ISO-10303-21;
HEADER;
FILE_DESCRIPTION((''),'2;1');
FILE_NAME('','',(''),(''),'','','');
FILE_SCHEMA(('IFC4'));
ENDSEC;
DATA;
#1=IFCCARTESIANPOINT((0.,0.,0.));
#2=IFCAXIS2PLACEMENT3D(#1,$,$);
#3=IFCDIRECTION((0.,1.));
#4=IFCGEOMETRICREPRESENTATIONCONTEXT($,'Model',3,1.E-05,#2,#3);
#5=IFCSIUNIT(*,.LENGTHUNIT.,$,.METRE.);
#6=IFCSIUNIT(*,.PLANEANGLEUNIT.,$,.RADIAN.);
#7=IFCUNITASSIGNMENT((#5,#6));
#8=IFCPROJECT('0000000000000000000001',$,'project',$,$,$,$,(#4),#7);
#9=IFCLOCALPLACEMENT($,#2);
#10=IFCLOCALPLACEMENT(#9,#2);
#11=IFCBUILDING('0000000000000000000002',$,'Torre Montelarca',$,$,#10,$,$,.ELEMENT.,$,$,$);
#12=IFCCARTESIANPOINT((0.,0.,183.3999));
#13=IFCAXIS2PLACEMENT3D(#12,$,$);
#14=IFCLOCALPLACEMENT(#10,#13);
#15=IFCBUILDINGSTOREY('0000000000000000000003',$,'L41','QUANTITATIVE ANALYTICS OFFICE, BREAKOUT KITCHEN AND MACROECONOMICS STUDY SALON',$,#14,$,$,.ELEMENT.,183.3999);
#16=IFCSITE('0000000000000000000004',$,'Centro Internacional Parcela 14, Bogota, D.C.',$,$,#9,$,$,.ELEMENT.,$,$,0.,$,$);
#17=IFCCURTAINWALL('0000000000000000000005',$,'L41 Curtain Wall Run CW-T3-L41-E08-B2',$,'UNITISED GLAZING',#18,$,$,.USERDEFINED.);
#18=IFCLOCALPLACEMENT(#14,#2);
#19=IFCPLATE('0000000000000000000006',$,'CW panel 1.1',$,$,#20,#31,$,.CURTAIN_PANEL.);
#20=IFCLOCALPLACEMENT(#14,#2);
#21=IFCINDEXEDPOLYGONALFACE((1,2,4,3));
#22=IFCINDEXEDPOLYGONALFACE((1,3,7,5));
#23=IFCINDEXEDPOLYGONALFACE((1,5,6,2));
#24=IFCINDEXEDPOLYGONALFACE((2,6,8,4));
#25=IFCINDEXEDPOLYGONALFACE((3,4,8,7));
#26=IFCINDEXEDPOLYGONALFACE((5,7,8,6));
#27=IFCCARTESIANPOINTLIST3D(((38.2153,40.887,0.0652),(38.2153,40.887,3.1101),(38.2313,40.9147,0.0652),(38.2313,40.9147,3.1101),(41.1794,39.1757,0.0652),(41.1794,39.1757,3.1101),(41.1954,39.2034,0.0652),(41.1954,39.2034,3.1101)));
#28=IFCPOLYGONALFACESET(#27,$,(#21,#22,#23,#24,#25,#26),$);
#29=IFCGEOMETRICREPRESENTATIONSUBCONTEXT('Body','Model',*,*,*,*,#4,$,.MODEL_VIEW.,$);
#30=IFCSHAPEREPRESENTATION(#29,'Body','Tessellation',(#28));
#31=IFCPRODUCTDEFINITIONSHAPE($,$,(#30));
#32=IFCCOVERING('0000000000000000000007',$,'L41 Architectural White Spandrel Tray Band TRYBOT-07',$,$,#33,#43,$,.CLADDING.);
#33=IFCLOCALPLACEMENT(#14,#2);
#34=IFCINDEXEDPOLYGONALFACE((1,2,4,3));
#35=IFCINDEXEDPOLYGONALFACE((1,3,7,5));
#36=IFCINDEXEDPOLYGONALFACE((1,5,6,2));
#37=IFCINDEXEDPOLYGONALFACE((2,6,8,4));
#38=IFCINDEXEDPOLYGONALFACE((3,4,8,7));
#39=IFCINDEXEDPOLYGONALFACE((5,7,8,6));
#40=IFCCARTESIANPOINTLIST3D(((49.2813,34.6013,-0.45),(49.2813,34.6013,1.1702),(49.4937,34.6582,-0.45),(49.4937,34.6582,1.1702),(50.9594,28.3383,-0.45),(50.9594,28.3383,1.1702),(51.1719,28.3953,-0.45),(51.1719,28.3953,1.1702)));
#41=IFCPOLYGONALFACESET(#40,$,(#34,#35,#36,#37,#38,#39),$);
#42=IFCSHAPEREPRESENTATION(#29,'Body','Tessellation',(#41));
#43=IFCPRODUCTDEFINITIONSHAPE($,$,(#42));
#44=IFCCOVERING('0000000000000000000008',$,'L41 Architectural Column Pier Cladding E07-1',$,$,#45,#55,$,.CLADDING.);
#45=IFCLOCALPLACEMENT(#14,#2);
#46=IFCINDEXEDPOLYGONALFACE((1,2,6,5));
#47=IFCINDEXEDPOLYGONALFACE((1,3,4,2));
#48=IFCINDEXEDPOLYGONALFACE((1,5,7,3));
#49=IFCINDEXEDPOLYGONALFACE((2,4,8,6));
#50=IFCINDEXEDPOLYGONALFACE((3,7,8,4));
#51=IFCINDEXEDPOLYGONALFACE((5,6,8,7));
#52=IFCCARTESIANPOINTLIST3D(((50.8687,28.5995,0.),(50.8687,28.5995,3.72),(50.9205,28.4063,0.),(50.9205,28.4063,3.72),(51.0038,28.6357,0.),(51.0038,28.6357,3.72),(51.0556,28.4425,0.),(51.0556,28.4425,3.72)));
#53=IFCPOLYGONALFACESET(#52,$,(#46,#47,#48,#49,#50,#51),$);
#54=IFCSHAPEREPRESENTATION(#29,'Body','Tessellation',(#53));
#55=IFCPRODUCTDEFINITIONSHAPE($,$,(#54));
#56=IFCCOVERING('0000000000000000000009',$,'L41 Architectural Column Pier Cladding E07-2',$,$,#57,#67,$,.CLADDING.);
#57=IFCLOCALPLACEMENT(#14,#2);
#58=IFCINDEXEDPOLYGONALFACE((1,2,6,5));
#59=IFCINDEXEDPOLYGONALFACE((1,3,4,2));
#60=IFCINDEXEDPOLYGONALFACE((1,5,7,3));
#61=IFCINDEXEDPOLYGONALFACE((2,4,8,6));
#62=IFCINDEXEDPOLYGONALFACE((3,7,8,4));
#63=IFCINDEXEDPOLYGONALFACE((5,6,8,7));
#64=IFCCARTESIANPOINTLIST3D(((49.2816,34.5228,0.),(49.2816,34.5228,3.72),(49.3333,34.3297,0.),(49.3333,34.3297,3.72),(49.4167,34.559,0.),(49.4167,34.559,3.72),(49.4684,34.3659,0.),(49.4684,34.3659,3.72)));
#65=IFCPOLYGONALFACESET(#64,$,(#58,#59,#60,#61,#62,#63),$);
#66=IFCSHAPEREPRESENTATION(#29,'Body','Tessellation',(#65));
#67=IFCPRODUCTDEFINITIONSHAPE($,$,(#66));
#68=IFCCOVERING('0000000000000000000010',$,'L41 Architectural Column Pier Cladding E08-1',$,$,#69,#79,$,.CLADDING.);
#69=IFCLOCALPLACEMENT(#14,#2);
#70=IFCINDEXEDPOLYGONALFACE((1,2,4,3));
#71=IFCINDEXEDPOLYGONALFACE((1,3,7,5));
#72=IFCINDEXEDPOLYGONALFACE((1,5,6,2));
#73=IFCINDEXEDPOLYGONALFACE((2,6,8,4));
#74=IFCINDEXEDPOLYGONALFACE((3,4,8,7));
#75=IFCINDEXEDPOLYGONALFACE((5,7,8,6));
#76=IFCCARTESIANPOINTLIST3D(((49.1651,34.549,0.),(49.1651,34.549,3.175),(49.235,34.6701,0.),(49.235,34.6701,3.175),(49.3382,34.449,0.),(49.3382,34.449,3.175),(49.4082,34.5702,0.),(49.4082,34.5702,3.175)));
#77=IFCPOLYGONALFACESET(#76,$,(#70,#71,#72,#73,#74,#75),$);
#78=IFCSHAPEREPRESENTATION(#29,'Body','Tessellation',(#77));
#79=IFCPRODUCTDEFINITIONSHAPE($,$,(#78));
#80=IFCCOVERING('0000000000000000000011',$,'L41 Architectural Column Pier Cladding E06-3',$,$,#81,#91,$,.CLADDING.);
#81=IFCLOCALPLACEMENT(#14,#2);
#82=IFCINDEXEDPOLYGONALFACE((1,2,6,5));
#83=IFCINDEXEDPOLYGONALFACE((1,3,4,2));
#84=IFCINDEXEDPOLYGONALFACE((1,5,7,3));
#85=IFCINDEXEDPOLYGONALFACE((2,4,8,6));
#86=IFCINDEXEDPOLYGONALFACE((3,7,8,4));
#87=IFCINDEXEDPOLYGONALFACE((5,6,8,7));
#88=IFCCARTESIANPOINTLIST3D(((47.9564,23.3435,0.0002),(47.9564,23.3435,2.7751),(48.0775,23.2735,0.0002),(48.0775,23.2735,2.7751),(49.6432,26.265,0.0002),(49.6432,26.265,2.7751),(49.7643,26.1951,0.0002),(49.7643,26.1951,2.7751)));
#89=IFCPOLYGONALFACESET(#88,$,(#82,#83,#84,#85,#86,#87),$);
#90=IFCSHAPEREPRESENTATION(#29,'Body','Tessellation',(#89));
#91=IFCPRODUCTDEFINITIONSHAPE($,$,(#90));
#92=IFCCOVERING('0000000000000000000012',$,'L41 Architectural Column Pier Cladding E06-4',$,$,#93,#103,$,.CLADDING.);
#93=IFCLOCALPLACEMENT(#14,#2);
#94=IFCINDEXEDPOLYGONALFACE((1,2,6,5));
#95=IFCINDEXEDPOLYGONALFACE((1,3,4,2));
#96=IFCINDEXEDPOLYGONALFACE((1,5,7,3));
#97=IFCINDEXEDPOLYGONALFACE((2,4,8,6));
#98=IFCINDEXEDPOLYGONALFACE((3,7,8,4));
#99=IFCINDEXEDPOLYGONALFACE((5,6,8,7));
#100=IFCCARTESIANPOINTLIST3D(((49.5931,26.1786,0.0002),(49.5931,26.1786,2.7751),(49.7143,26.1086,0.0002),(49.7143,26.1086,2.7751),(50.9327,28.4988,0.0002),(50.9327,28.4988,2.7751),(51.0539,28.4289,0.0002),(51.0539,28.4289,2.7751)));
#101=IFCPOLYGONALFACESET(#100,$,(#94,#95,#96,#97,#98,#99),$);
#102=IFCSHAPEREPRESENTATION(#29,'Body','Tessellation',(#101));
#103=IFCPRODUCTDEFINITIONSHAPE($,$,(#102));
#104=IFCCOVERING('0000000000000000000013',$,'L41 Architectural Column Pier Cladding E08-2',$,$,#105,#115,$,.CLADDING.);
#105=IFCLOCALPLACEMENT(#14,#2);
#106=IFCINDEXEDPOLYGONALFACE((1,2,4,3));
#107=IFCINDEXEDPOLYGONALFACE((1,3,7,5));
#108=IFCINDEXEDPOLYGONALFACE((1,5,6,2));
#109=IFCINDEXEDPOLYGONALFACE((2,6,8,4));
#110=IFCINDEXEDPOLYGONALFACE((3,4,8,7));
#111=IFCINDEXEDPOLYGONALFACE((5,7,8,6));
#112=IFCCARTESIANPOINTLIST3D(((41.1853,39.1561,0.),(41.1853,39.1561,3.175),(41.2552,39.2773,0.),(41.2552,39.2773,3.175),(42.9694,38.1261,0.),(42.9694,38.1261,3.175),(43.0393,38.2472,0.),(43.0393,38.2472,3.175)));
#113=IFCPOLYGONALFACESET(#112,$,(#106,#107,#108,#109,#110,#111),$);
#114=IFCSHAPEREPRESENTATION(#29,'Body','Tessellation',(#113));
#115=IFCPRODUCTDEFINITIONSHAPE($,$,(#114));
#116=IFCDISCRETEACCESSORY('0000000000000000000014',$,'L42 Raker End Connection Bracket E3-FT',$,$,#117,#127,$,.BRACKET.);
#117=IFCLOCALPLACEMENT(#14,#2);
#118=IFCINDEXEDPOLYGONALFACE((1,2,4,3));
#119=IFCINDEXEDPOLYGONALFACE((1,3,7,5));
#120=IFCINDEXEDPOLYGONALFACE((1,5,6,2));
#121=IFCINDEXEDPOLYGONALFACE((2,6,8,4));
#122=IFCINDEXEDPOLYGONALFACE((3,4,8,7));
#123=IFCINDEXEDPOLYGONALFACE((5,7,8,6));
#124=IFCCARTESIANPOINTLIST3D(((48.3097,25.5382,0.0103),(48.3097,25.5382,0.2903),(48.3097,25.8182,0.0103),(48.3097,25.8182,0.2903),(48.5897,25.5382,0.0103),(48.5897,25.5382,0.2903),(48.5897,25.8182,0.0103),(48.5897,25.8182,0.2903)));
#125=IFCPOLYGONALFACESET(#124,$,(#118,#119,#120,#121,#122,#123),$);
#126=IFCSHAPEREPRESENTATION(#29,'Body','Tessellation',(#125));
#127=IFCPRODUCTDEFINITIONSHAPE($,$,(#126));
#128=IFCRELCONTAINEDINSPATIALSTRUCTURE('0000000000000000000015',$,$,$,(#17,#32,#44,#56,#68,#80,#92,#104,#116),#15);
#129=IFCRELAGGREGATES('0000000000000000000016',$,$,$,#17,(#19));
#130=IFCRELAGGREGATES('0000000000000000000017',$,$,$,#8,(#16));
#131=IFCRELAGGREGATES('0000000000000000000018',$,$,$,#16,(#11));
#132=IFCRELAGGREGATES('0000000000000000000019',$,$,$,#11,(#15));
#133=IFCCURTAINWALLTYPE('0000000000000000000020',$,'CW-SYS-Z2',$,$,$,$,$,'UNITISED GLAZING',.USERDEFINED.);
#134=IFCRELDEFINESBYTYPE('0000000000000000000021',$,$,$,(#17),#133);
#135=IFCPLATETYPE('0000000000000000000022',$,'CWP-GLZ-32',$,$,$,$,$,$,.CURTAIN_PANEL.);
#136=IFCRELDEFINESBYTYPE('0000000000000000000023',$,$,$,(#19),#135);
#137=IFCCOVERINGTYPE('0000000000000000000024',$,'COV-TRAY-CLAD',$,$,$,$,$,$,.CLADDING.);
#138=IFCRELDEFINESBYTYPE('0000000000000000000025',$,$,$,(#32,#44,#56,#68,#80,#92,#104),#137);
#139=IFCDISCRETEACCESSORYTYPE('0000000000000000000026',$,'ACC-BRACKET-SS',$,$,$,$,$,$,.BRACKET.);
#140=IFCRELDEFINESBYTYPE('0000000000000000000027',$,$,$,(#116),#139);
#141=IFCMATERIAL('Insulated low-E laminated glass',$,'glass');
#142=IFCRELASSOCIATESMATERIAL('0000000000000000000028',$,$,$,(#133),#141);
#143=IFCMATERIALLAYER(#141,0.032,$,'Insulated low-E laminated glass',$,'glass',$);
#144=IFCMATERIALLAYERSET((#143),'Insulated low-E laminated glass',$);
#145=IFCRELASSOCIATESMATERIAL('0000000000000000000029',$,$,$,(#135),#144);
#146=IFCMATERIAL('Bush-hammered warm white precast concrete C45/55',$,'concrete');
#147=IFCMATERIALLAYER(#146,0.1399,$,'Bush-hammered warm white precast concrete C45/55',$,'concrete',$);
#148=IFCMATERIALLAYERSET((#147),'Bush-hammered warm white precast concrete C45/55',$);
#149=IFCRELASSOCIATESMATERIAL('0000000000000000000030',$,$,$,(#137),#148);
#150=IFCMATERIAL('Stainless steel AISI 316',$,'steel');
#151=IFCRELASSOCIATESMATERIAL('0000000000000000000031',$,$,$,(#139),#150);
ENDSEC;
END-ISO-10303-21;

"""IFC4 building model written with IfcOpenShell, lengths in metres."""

from ifc_helpers import new_model, si_unit, direction, frame, origin, origin_2d, place, context, subcontext, project, spatial, rectangle, extrude, source, transform, mapped, material, layer, layer_set, type_object, element, aggregate, save


model = new_model("IFC4")

# Units and contexts
model_context = context("Model", 3, precision=1e-05, world=origin(), true_north=direction((0.0, 1.0)))
body_context = subcontext(model_context, "Body", "Model", "MODEL_VIEW")
ifc_project = project(units=[si_unit("LENGTHUNIT", "METRE"), si_unit("PLANEANGLEUNIT", "RADIAN")], contexts=[model_context])

# Site, building, storey
site_placement = place(None, origin())
site = spatial("IfcSite", under=ifc_project, at=site_placement, Name="Centro Internacional Parcela 14, Bogota, D.C.", CompositionType="ELEMENT", RefElevation=0.0)
building_placement = place(site_placement, origin())
building = spatial("IfcBuilding", under=site, at=building_placement, Name="Torre Montelarca", CompositionType="ELEMENT")
storey_placement = place(building_placement, frame((0.0, 0.0, 183.3999)))
storey = spatial("IfcBuildingStorey", under=building, at=storey_placement, Name="L41", Description="QUANTITATIVE ANALYTICS OFFICE, BREAKOUT KITCHEN AND MACROECONOMICS STUDY SALON", CompositionType="ELEMENT", Elevation=183.3999)

# Curtain wall
ifc_material_1 = material(Name="Insulated low-E laminated glass", Category="glass")
curtain_wall_type = type_object("IfcCurtainWallType", Name="CW-SYS-Z2", ElementType="UNITISED GLAZING", PredefinedType="USERDEFINED", material=ifc_material_1)
curtain_wall_1_placement = place(storey_placement, origin())
curtain_wall_1 = element("IfcCurtainWall", 1, at=curtain_wall_1_placement, inside=storey, type_object=curtain_wall_type, Name="L41 Curtain Wall Run CW-T3-L41-E08-B2", ObjectType="UNITISED GLAZING", PredefinedType="USERDEFINED")

# Plate
ifc_layer_1 = layer(ifc_material_1, 0.032, Name="Insulated low-E laminated glass", Category="glass")
ifc_layer_set_1 = layer_set([ifc_layer_1], Name="Insulated low-E laminated glass")
plate_type = type_object("IfcPlateType", Name="CWP-GLZ-32", PredefinedType="CURTAIN_PANEL", material=ifc_layer_set_1)
shared_shape_1 = source(origin(), body_context, "Body", "SweptSolid", [
    extrude(rectangle(XDim=3.4226, YDim=0.032, at=origin_2d()), origin(), (0.0, 0.0, 1.0), 3.0449),
])
plate_1_placement = place(storey_placement, frame((39.7053, 40.0452, 0.0652), z_axis=(0.0, 0.0, 1.0), x_axis=(-0.866028, 0.499995, 0.0)))
plate_1 = element("IfcPlate", 2, at=plate_1_placement, type_object=plate_type, Name="CW panel 1.1", PredefinedType="CURTAIN_PANEL", context=body_context, shape_type="MappedRepresentation", body=[
    mapped(shared_shape_1, transform((0.0, 0.0, 0.0), scale=1.0)),
])
aggregate(curtain_wall_1, [plate_1])

# Coverings
ifc_material_2 = material(Name="Bush-hammered warm white precast concrete C45/55", Category="concrete")
ifc_layer_2 = layer(ifc_material_2, 0.1399, Name="Bush-hammered warm white precast concrete C45/55", Category="concrete")
ifc_layer_set_2 = layer_set([ifc_layer_2], Name="Bush-hammered warm white precast concrete C45/55")
covering_type = type_object("IfcCoveringType", Name="COV-TRAY-CLAD", PredefinedType="CLADDING", material=ifc_layer_set_2)
shared_shape_2 = source(origin(), body_context, "Body", "SweptSolid", [
    extrude(rectangle(XDim=6.4839, YDim=0.22, at=origin_2d()), origin(), (0.0, 0.0, 1.0), 1.6201),
])
covering_1_placement = place(storey_placement, frame((50.2266, 31.4983, -0.45), z_axis=(0.0, 0.0, 1.0), x_axis=(-0.258817, 0.965926, 0.0)))
element("IfcCovering", 3, at=covering_1_placement, inside=storey, type_object=covering_type, Name="L41 Architectural White Spandrel Tray Band TRYBOT-07", PredefinedType="CLADDING", context=body_context, shape_type="MappedRepresentation", body=[
    mapped(shared_shape_2, transform((0.0, 0.0, 0.0), scale=1.0)),
])
shared_shape_3 = source(origin(), body_context, "Body", "SweptSolid", [
    extrude(rectangle(XDim=0.2, YDim=0.1399, at=origin_2d()), origin(), (0.0, 0.0, 1.0), 3.72),
])
for number, where, z_axis, x_axis, name in (
    (4, (50.9622, 28.521, 0.0), (0.0, 0.0, 1.0), (-0.258819, 0.965926, 0.0), "L41 Architectural Column Pier Cladding E07-1"),
    (5, (49.375, 34.4443, 0.0), (0.0, 0.0, 1.0), (-0.258819, 0.965926, 0.0), "L41 Architectural Column Pier Cladding E07-2"),
):
    element("IfcCovering", number, at=place(storey_placement, frame(where, z_axis=z_axis, x_axis=x_axis)), inside=storey, type_object=covering_type, Name=name, PredefinedType="CLADDING", context=body_context, shape_type="MappedRepresentation", body=[
        mapped(shared_shape_3, transform((0.0, 0.0, 0.0), scale=1.0)),
    ])
shared_shape_4 = source(origin(), body_context, "Body", "SweptSolid", [
    extrude(rectangle(XDim=0.2, YDim=0.1399, at=origin_2d()), origin(), (0.0, 0.0, 1.0), 3.175),
])
covering_2_placement = place(storey_placement, frame((49.2866, 34.5596, 0.0), z_axis=(0.0, 0.0, 1.0), x_axis=(-0.866025, 0.5, 0.0)))
element("IfcCovering", 6, at=covering_2_placement, inside=storey, type_object=covering_type, Name="L41 Architectural Column Pier Cladding E08-1", PredefinedType="CLADDING", context=body_context, shape_type="MappedRepresentation", body=[
    mapped(shared_shape_4, transform((0.0, 0.0, 0.0), scale=1.0)),
])
shared_shape_5 = source(origin(), body_context, "Body", "SweptSolid", [
    extrude(rectangle(XDim=3.3735, YDim=0.1399, at=origin_2d()), origin(), (0.0, 0.0, 1.0), 2.7749),
])
covering_3_placement = place(storey_placement, frame((48.8604, 24.7693, 0.0002), z_axis=(0.0, 0.0, 1.0), x_axis=(0.500002, 0.866025, 0.0)))
element("IfcCovering", 7, at=covering_3_placement, inside=storey, type_object=covering_type, Name="L41 Architectural Column Pier Cladding E06-3", PredefinedType="CLADDING", context=body_context, shape_type="MappedRepresentation", body=[
    mapped(shared_shape_5, transform((0.0, 0.0, 0.0), scale=1.0)),
])
shared_shape_6 = source(origin(), body_context, "Body", "SweptSolid", [
    extrude(rectangle(XDim=2.6792, YDim=0.1399, at=origin_2d()), origin(), (0.0, 0.0, 1.0), 2.7749),
])
covering_4_placement = place(storey_placement, frame((50.3235, 27.3037, 0.0002), z_axis=(0.0, 0.0, 1.0), x_axis=(0.500002, 0.866025, 0.0)))
element("IfcCovering", 8, at=covering_4_placement, inside=storey, type_object=covering_type, Name="L41 Architectural Column Pier Cladding E06-4", PredefinedType="CLADDING", context=body_context, shape_type="MappedRepresentation", body=[
    mapped(shared_shape_6, transform((0.0, 0.0, 0.0), scale=1.0)),
])
shared_shape_7 = source(origin(), body_context, "Body", "SweptSolid", [
    extrude(rectangle(XDim=2.0601, YDim=0.1399, at=origin_2d()), origin(), (0.0, 0.0, 1.0), 3.175),
])
covering_5_placement = place(storey_placement, frame((42.1123, 38.7017, 0.0), z_axis=(0.0, 0.0, 1.0), x_axis=(-0.866025, 0.5, 0.0)))
element("IfcCovering", 9, at=covering_5_placement, inside=storey, type_object=covering_type, Name="L41 Architectural Column Pier Cladding E08-2", PredefinedType="CLADDING", context=body_context, shape_type="MappedRepresentation", body=[
    mapped(shared_shape_7, transform((0.0, 0.0, 0.0), scale=1.0)),
])

# Discrete accessory
ifc_material_3 = material(Name="Stainless steel AISI 316", Category="steel")
discrete_accessory_type = type_object("IfcDiscreteAccessoryType", Name="ACC-BRACKET-SS", PredefinedType="BRACKET", material=ifc_material_3)
shared_shape_8 = source(origin(), body_context, "Body", "SweptSolid", [
    extrude(rectangle(XDim=0.28, YDim=0.28, at=origin_2d()), origin(), (0.0, 0.0, 1.0), 0.28),
])
discrete_accessory_placement = place(storey_placement, frame((48.4497, 25.6782, 0.0103), z_axis=(0.0, 0.0, 1.0), x_axis=(1.0, 0.0, 0.0)))
element("IfcDiscreteAccessory", 10, at=discrete_accessory_placement, inside=storey, type_object=discrete_accessory_type, Name="L42 Raker End Connection Bracket E3-FT", PredefinedType="BRACKET", context=body_context, shape_type="MappedRepresentation", body=[
    mapped(shared_shape_8, transform((0.0, 0.0, 0.0), scale=1.0)),
])

save(model, "model.ifc")
